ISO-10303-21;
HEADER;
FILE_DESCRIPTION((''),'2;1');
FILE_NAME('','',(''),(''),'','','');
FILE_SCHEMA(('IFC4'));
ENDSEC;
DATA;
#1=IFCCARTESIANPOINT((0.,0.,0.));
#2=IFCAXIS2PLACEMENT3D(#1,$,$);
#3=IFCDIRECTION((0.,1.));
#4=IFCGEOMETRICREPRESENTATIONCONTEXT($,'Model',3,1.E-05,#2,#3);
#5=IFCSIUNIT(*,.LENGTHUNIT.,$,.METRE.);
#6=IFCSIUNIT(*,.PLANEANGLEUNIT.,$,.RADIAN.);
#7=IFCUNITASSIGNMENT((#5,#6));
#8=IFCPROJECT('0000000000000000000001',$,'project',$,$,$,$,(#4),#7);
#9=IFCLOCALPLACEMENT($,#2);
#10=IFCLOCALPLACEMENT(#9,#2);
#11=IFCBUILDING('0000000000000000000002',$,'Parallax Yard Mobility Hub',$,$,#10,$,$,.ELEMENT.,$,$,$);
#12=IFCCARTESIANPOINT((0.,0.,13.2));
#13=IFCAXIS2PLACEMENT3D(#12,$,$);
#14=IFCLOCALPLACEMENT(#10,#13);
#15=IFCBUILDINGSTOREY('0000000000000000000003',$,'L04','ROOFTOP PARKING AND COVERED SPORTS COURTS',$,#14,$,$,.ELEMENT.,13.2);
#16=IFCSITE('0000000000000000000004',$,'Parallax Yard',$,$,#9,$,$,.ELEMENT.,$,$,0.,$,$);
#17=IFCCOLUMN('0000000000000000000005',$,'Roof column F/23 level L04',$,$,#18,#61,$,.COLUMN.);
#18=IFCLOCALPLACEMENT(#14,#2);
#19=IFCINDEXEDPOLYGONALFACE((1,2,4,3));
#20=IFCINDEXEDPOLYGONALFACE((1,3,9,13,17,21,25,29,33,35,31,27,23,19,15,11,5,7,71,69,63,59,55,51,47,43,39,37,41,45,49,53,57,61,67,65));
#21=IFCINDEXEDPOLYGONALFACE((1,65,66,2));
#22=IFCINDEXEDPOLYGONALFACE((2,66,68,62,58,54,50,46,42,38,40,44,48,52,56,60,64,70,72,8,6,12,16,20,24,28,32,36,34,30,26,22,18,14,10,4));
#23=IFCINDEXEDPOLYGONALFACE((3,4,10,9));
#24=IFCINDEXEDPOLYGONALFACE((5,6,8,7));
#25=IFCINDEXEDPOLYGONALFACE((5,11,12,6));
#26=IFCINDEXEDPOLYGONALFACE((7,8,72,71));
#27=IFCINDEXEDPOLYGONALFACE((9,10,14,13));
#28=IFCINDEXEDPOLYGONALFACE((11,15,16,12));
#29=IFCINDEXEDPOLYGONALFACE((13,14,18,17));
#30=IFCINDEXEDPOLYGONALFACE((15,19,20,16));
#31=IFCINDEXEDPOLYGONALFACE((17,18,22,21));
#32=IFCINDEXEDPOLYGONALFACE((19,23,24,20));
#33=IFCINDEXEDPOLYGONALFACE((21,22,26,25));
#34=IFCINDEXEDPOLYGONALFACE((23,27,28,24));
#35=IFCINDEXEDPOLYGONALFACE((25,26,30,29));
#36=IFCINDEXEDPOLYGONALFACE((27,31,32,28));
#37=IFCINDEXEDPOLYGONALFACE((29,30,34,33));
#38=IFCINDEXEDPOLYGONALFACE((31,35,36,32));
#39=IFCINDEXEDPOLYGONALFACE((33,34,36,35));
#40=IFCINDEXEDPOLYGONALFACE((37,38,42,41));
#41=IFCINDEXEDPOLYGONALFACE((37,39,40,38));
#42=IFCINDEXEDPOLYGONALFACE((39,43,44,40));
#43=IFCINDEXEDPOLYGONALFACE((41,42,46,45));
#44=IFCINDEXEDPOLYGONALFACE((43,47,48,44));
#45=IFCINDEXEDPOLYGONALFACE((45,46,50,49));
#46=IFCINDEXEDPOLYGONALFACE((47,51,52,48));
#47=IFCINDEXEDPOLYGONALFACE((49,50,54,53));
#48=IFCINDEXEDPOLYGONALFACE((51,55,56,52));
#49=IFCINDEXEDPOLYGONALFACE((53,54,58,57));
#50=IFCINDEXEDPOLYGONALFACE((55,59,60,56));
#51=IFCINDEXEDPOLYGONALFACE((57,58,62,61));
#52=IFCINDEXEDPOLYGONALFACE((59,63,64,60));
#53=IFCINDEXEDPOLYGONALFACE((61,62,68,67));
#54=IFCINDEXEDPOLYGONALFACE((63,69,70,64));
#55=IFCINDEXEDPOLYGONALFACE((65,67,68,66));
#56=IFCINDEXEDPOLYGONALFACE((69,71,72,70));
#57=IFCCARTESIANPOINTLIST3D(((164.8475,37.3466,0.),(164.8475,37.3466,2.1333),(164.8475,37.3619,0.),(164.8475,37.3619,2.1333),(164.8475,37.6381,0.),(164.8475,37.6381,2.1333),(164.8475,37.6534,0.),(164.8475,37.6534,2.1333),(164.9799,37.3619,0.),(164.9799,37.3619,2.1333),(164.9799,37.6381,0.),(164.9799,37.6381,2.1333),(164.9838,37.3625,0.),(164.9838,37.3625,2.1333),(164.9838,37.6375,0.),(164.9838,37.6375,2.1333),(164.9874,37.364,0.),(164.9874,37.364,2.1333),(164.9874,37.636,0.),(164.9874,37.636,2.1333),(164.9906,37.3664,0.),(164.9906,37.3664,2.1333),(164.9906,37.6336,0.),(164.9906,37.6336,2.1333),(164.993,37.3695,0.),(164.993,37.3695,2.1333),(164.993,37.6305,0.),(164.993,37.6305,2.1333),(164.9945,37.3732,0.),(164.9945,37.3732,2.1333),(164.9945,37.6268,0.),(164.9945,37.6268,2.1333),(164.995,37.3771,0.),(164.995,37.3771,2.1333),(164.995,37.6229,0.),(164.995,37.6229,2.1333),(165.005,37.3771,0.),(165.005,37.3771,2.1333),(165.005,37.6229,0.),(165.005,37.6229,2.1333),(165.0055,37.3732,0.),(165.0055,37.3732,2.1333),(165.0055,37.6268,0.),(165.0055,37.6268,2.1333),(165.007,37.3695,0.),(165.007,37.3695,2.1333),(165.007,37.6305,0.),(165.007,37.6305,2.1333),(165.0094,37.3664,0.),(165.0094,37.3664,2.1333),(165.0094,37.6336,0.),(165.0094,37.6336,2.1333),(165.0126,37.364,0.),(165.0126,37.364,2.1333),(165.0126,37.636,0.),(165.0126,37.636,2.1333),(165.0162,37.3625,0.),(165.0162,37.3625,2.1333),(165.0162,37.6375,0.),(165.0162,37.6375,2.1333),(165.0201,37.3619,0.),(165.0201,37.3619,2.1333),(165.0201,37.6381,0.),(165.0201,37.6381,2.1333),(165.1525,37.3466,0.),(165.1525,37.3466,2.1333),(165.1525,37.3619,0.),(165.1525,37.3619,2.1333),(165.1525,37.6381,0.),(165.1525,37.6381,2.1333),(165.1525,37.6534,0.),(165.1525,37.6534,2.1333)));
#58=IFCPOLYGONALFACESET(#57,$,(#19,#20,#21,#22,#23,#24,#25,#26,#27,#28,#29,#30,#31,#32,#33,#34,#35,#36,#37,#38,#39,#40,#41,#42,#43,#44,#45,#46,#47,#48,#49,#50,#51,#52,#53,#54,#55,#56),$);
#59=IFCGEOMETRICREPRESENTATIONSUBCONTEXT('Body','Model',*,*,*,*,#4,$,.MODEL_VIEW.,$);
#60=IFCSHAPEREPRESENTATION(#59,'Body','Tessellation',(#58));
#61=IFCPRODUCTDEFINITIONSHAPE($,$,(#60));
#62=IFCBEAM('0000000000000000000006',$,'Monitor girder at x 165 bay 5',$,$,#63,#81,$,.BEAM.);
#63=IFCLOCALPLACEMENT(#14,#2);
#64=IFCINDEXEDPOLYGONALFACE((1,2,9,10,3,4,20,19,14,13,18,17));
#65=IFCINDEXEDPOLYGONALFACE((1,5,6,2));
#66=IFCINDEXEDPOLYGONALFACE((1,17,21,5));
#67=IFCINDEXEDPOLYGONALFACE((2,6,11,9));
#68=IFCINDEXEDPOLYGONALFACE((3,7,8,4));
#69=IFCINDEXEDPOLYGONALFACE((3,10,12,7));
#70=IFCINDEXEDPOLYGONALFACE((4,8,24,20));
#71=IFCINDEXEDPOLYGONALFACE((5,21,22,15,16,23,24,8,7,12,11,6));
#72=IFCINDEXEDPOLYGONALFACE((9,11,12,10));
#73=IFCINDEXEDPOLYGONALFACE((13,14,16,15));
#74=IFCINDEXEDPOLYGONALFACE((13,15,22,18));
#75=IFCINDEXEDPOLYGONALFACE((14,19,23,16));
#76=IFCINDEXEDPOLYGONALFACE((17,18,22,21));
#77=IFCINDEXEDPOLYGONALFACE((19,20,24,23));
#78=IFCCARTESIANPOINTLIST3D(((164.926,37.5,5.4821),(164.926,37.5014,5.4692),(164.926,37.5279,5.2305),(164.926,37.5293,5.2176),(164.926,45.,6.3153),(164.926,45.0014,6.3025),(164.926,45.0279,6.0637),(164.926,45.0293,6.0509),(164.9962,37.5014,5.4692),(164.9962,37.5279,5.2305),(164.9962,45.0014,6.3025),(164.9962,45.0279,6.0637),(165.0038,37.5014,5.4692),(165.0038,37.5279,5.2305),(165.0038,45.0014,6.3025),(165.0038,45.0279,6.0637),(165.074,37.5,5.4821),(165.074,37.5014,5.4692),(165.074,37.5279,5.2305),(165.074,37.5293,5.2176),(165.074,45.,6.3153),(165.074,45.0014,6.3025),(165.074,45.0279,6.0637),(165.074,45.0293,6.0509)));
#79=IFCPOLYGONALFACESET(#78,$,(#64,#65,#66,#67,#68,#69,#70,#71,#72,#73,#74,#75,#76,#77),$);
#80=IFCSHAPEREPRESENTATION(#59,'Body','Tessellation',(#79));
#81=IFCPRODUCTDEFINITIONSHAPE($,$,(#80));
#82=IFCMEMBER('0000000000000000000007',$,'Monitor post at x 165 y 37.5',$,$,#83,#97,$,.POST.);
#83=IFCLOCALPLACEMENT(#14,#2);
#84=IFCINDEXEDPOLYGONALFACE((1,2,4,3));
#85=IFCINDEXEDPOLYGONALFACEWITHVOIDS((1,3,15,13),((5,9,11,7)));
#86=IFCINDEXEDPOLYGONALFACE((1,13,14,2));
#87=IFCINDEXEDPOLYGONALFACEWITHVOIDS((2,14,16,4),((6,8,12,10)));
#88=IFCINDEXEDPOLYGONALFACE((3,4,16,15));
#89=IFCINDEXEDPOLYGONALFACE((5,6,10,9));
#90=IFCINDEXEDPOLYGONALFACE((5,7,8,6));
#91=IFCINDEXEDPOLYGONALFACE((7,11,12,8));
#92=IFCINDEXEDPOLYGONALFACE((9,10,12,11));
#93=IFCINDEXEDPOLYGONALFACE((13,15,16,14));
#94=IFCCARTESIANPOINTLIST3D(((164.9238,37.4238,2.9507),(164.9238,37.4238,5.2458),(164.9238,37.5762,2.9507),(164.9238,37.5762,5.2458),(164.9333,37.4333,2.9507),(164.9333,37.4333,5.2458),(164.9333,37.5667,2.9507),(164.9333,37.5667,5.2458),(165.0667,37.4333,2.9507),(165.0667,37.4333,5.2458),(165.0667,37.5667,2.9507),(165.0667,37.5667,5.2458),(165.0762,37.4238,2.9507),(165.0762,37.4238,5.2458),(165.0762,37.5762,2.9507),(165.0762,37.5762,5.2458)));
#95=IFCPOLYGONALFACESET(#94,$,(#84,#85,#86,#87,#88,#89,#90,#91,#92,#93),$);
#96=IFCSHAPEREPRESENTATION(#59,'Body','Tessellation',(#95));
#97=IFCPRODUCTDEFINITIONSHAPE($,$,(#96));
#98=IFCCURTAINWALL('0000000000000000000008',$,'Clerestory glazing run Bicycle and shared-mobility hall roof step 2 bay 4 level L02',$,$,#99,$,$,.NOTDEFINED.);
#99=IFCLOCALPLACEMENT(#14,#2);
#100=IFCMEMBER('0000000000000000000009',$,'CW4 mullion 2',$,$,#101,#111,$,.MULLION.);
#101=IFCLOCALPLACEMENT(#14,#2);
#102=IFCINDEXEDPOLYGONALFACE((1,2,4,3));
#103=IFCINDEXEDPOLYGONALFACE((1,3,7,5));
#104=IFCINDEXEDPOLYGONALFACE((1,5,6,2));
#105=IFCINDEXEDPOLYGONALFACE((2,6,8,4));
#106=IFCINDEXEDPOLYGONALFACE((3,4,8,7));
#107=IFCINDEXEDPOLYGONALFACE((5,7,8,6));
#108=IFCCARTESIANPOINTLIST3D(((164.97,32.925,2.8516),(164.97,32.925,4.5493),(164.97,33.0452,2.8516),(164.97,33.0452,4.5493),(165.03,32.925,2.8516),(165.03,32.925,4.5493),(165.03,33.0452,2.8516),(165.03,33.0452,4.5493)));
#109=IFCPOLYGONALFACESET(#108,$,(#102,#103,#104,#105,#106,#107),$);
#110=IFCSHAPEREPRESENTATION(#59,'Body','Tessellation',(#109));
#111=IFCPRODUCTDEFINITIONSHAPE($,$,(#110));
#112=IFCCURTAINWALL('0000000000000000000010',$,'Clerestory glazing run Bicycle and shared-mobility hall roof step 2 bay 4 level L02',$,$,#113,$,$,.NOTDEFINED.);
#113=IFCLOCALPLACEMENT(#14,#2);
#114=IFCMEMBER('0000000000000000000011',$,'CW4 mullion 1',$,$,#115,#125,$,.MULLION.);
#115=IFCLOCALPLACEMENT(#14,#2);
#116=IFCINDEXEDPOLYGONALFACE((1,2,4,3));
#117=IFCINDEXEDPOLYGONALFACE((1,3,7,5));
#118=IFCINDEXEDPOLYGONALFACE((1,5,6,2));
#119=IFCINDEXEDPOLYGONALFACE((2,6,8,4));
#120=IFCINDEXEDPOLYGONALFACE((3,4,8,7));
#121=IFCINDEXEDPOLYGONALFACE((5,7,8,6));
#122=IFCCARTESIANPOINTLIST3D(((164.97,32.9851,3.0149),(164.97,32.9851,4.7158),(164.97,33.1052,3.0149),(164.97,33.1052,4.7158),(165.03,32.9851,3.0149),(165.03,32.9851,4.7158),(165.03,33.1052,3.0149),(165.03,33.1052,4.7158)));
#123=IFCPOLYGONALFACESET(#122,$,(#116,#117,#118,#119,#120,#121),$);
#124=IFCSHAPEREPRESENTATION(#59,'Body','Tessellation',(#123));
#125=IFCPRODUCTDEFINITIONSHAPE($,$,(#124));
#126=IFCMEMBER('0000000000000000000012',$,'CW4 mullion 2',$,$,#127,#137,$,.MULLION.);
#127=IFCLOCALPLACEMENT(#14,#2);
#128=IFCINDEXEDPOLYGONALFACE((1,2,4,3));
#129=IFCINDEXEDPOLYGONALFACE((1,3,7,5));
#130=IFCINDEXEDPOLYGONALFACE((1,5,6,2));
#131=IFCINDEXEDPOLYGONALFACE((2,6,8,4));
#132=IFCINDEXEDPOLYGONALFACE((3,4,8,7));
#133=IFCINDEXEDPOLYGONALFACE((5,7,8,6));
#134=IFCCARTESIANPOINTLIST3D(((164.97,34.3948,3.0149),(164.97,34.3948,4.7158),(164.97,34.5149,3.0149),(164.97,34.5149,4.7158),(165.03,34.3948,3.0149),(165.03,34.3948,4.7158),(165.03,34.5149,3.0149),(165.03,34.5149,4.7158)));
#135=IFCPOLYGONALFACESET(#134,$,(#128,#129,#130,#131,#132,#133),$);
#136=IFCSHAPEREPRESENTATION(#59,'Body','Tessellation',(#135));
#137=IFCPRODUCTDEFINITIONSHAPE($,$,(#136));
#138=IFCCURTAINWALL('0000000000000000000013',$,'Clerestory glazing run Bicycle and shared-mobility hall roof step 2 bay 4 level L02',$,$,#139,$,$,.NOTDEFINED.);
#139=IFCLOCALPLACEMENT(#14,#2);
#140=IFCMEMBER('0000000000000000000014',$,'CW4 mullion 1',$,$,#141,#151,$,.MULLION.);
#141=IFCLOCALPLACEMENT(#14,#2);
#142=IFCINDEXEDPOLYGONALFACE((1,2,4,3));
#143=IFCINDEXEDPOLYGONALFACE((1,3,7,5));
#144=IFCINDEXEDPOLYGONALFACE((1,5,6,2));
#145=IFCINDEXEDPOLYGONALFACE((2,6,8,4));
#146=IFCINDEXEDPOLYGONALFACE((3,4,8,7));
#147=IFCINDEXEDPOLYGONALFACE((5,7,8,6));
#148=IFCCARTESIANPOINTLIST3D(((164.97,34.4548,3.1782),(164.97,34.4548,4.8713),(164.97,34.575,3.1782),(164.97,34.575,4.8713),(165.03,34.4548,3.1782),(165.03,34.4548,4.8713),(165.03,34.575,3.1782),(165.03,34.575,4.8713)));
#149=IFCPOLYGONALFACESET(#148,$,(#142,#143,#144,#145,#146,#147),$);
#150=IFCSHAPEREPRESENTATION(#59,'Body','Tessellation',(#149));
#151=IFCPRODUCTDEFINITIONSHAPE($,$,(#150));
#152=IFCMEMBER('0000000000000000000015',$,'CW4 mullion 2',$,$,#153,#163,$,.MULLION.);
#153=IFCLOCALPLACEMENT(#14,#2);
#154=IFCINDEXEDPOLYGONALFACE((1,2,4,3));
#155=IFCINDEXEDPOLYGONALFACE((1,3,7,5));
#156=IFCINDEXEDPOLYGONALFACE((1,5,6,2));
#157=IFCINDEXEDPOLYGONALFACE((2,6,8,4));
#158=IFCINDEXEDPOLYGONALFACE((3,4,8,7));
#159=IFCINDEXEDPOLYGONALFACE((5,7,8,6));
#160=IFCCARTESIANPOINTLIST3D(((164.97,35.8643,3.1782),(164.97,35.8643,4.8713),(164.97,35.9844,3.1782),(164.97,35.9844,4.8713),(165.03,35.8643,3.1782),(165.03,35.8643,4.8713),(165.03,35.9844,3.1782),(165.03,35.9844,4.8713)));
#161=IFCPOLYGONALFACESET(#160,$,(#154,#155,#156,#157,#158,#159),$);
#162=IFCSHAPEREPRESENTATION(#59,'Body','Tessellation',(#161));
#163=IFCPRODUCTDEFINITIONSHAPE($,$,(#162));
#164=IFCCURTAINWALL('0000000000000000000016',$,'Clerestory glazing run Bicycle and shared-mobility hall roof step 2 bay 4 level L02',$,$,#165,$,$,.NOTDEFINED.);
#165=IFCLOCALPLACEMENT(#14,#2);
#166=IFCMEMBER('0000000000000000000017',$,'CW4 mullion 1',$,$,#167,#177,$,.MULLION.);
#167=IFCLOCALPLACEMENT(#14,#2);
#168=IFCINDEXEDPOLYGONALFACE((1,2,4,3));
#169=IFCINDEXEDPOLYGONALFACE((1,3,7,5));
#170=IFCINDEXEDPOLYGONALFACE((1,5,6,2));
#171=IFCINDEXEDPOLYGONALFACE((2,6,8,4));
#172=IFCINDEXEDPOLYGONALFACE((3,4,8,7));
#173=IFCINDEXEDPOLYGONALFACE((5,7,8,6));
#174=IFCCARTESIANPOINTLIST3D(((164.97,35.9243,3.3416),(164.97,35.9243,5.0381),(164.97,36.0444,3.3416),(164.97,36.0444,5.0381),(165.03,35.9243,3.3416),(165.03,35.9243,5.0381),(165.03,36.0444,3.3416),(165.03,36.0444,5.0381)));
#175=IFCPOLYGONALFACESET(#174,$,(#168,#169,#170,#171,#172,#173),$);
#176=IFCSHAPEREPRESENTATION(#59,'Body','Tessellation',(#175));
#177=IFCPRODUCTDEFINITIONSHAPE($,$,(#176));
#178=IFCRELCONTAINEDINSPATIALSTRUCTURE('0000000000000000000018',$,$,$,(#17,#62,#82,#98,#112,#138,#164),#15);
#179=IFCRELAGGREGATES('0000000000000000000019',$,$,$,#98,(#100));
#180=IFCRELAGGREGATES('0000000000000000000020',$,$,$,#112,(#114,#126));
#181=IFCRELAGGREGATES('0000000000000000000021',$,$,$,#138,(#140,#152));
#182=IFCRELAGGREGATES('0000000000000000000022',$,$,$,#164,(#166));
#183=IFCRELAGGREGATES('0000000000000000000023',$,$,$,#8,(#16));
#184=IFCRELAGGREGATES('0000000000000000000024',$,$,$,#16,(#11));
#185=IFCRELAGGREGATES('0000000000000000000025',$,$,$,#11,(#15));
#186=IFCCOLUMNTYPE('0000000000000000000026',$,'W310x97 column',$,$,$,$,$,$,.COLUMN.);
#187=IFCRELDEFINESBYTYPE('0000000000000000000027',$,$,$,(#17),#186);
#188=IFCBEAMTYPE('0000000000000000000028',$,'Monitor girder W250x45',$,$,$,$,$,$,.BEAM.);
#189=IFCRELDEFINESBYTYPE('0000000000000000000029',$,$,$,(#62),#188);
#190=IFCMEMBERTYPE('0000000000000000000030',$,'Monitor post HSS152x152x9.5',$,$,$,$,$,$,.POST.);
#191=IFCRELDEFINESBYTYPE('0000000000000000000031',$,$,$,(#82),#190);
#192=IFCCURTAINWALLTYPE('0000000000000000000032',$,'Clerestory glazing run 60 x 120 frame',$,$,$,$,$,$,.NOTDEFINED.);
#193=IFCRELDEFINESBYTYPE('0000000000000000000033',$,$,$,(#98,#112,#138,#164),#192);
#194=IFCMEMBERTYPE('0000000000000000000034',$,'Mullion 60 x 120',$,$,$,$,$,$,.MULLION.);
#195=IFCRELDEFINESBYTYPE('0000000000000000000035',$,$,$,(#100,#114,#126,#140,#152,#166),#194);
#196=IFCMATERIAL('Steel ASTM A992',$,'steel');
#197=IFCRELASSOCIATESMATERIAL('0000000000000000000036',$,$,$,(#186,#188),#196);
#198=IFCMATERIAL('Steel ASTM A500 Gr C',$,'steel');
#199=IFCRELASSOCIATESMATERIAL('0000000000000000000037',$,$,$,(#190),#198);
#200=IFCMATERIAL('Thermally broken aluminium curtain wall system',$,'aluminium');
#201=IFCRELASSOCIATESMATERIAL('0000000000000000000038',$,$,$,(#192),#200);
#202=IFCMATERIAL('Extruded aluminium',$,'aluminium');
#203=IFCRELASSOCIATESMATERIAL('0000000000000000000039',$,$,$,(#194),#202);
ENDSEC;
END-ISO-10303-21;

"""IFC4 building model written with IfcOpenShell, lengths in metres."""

from ifc_helpers import new_model, si_unit, direction, frame, origin, origin_2d, place, context, subcontext, project, spatial, rectangle, hollow_rectangle, i_section, extrude, material, material_profile, profile_set, type_object, element, aggregate, save


model = new_model("IFC4")

# Units and contexts
model_context = context("Model", 3, precision=1e-05, world=origin(), true_north=direction((0.0, 1.0)))
body_context = subcontext(model_context, "Body", "Model", "MODEL_VIEW")
ifc_project = project(units=[si_unit("LENGTHUNIT", "METRE"), si_unit("PLANEANGLEUNIT", "RADIAN")], contexts=[model_context])

# Site, building, storey
site_placement = place(None, origin())
site = spatial("IfcSite", under=ifc_project, at=site_placement, Name="Parallax Yard", CompositionType="ELEMENT", RefElevation=0.0)
building_placement = place(site_placement, origin())
building = spatial("IfcBuilding", under=site, at=building_placement, Name="Parallax Yard Mobility Hub", CompositionType="ELEMENT")
storey_placement = place(building_placement, frame((0.0, 0.0, 13.2)))
storey = spatial("IfcBuildingStorey", under=building, at=storey_placement, Name="L04", Description="ROOFTOP PARKING AND COVERED SPORTS COURTS", CompositionType="ELEMENT", Elevation=13.2)

# Column
ifc_material_1 = material(Name="Steel ASTM A992", Category="steel")
ifc_material_profile_1 = material_profile(ifc_material_1, i_section(OverallWidth=0.3049, OverallDepth=0.3069, WebThickness=0.01, FlangeThickness=0.0154, FilletRadius=0.0151, at=origin_2d()), Name="W310x97")
ifc_profile_set_1 = profile_set([ifc_material_profile_1], Name="Steel ASTM A992")
column_type = type_object("IfcColumnType", Name="W310x97 column", PredefinedType="COLUMN", material=ifc_profile_set_1)
column_placement = place(storey_placement, frame((165.0, 37.5, 0.0), z_axis=(0.0, 0.0, 1.0), x_axis=(1.0, 0.0, 0.0)))
element("IfcColumn", 1, at=column_placement, inside=storey, type_object=column_type, Name="Roof column F/23 level L04", PredefinedType="COLUMN", context=body_context, shape_type="SweptSolid", body=[
    extrude(i_section(OverallWidth=0.3049, OverallDepth=0.3069, WebThickness=0.01, FlangeThickness=0.0154, FilletRadius=0.0151, at=origin_2d()), origin(), (0.0, 0.0, 1.0), 2.1333),
])

# Beam
ifc_material_profile_2 = material_profile(ifc_material_1, i_section(OverallWidth=0.1479, OverallDepth=0.2661, WebThickness=0.0076, FlangeThickness=0.0129, at=origin_2d()), Name="W250x45")
ifc_profile_set_2 = profile_set([ifc_material_profile_2], Name="Steel ASTM A992")
beam_type = type_object("IfcBeamType", Name="Monitor girder W250x45", PredefinedType="BEAM", material=ifc_profile_set_2)
beam_placement = place(storey_placement, frame((165.0, 37.5146, 5.3499), z_axis=(0.0, 0.993885, 0.110421), x_axis=(-1.0, 0.0, 0.0)))
element("IfcBeam", 2, at=beam_placement, inside=storey, type_object=beam_type, Name="Monitor girder at x 165 bay 5", PredefinedType="BEAM", context=body_context, shape_type="SweptSolid", body=[
    extrude(i_section(OverallWidth=0.1479, OverallDepth=0.2661, WebThickness=0.0076, FlangeThickness=0.0129, at=origin_2d()), origin(), (0.0, 0.0, 1.0), 7.5461),
])

# Member
ifc_material_2 = material(Name="Steel ASTM A500 Gr C", Category="steel")
ifc_material_profile_3 = material_profile(ifc_material_2, hollow_rectangle(XDim=0.1523, YDim=0.1523, WallThickness=0.0095, at=origin_2d()), Name="HSS152x152x9.5")
ifc_profile_set_3 = profile_set([ifc_material_profile_3], Name="Steel ASTM A500 Gr C")
member_type_1 = type_object("IfcMemberType", Name="Monitor post HSS152x152x9.5", PredefinedType="POST", material=ifc_profile_set_3)
member_1_placement = place(storey_placement, frame((165.0, 37.5, 2.9507), z_axis=(0.0, 0.0, 1.0), x_axis=(1.0, 0.0, 0.0)))
element("IfcMember", 3, at=member_1_placement, inside=storey, type_object=member_type_1, Name="Monitor post at x 165 y 37.5", PredefinedType="POST", context=body_context, shape_type="SweptSolid", body=[
    extrude(hollow_rectangle(XDim=0.1523, YDim=0.1523, WallThickness=0.0095, at=origin_2d()), origin(), (0.0, 0.0, 1.0), 2.2952),
])

# Curtain wall, member
ifc_material_3 = material(Name="Thermally broken aluminium curtain wall system", Category="aluminium")
curtain_wall_type = type_object("IfcCurtainWallType", Name="Clerestory glazing run 60 x 120 frame", PredefinedType="NOTDEFINED", material=ifc_material_3)
curtain_wall_1_placement = place(storey_placement, origin())
curtain_wall_1 = element("IfcCurtainWall", 4, at=curtain_wall_1_placement, inside=storey, type_object=curtain_wall_type, Name="Clerestory glazing run Bicycle and shared-mobility hall roof step 2 bay 4 level L02", PredefinedType="NOTDEFINED")
ifc_material_4 = material(Name="Extruded aluminium", Category="aluminium")
ifc_material_profile_4 = material_profile(ifc_material_4, rectangle(XDim=0.0601, YDim=0.1201, at=origin_2d()), Name="Mullion 60 x 120")
ifc_profile_set_4 = profile_set([ifc_material_profile_4], Name="Extruded aluminium")
member_type_2 = type_object("IfcMemberType", Name="Mullion 60 x 120", PredefinedType="MULLION", material=ifc_profile_set_4)
member_2_placement = place(storey_placement, frame((165.0, 32.9851, 2.8516), z_axis=(0.0, 0.0, 1.0), x_axis=(-1.0, 0.0, 0.0)))
member_2 = element("IfcMember", 5, at=member_2_placement, type_object=member_type_2, Name="CW4 mullion 2", PredefinedType="MULLION", context=body_context, shape_type="SweptSolid", body=[
    extrude(rectangle(XDim=0.0601, YDim=0.1201, at=origin_2d()), origin(), (0.0, 0.0, 1.0), 1.6978),
])

# Curtain walls, members
curtain_wall_2_placement = place(storey_placement, origin())
curtain_wall_2 = element("IfcCurtainWall", 6, at=curtain_wall_2_placement, inside=storey, type_object=curtain_wall_type, Name="Clerestory glazing run Bicycle and shared-mobility hall roof step 2 bay 4 level L02", PredefinedType="NOTDEFINED")
member_3_placement = place(storey_placement, frame((165.0, 33.0452, 3.0149), z_axis=(0.0, 0.0, 1.0), x_axis=(-1.0, 0.0, 0.0)))
member_3 = element("IfcMember", 7, at=member_3_placement, type_object=member_type_2, Name="CW4 mullion 1", PredefinedType="MULLION", context=body_context, shape_type="SweptSolid", body=[
    extrude(rectangle(XDim=0.0601, YDim=0.1201, at=origin_2d()), origin(), (0.0, 0.0, 1.0), 1.7009),
])
member_4_placement = place(storey_placement, frame((165.0, 34.4548, 3.0149), z_axis=(0.0, 0.0, 1.0), x_axis=(-1.0, 0.0, 0.0)))
member_4 = element("IfcMember", 8, at=member_4_placement, type_object=member_type_2, Name="CW4 mullion 2", PredefinedType="MULLION", context=body_context, shape_type="SweptSolid", body=[
    extrude(rectangle(XDim=0.0601, YDim=0.1201, at=origin_2d()), origin(), (0.0, 0.0, 1.0), 1.7009),
])
curtain_wall_3_placement = place(storey_placement, origin())
curtain_wall_3 = element("IfcCurtainWall", 9, at=curtain_wall_3_placement, inside=storey, type_object=curtain_wall_type, Name="Clerestory glazing run Bicycle and shared-mobility hall roof step 2 bay 4 level L02", PredefinedType="NOTDEFINED")
member_5_placement = place(storey_placement, frame((165.0, 34.5149, 3.1782), z_axis=(0.0, 0.0, 1.0), x_axis=(-1.0, 0.0, 0.0)))
member_5 = element("IfcMember", 10, at=member_5_placement, type_object=member_type_2, Name="CW4 mullion 1", PredefinedType="MULLION", context=body_context, shape_type="SweptSolid", body=[
    extrude(rectangle(XDim=0.0601, YDim=0.1201, at=origin_2d()), origin(), (0.0, 0.0, 1.0), 1.6931),
])
member_6_placement = place(storey_placement, frame((165.0, 35.9243, 3.1782), z_axis=(0.0, 0.0, 1.0), x_axis=(-1.0, 0.0, 0.0)))
member_6 = element("IfcMember", 11, at=member_6_placement, type_object=member_type_2, Name="CW4 mullion 2", PredefinedType="MULLION", context=body_context, shape_type="SweptSolid", body=[
    extrude(rectangle(XDim=0.0601, YDim=0.1201, at=origin_2d()), origin(), (0.0, 0.0, 1.0), 1.6931),
])

# Curtain wall, member
curtain_wall_4_placement = place(storey_placement, origin())
curtain_wall_4 = element("IfcCurtainWall", 12, at=curtain_wall_4_placement, inside=storey, type_object=curtain_wall_type, Name="Clerestory glazing run Bicycle and shared-mobility hall roof step 2 bay 4 level L02", PredefinedType="NOTDEFINED")
member_7_placement = place(storey_placement, frame((165.0, 35.9844, 3.3416), z_axis=(0.0, 0.0, 1.0), x_axis=(-1.0, 0.0, 0.0)))
member_7 = element("IfcMember", 13, at=member_7_placement, type_object=member_type_2, Name="CW4 mullion 1", PredefinedType="MULLION", context=body_context, shape_type="SweptSolid", body=[
    extrude(rectangle(XDim=0.0601, YDim=0.1201, at=origin_2d()), origin(), (0.0, 0.0, 1.0), 1.6965),
])

aggregate(curtain_wall_1, [member_2])
aggregate(curtain_wall_2, [member_3, member_4])
aggregate(curtain_wall_3, [member_5, member_6])
aggregate(curtain_wall_4, [member_7])

save(model, "model.ifc")
